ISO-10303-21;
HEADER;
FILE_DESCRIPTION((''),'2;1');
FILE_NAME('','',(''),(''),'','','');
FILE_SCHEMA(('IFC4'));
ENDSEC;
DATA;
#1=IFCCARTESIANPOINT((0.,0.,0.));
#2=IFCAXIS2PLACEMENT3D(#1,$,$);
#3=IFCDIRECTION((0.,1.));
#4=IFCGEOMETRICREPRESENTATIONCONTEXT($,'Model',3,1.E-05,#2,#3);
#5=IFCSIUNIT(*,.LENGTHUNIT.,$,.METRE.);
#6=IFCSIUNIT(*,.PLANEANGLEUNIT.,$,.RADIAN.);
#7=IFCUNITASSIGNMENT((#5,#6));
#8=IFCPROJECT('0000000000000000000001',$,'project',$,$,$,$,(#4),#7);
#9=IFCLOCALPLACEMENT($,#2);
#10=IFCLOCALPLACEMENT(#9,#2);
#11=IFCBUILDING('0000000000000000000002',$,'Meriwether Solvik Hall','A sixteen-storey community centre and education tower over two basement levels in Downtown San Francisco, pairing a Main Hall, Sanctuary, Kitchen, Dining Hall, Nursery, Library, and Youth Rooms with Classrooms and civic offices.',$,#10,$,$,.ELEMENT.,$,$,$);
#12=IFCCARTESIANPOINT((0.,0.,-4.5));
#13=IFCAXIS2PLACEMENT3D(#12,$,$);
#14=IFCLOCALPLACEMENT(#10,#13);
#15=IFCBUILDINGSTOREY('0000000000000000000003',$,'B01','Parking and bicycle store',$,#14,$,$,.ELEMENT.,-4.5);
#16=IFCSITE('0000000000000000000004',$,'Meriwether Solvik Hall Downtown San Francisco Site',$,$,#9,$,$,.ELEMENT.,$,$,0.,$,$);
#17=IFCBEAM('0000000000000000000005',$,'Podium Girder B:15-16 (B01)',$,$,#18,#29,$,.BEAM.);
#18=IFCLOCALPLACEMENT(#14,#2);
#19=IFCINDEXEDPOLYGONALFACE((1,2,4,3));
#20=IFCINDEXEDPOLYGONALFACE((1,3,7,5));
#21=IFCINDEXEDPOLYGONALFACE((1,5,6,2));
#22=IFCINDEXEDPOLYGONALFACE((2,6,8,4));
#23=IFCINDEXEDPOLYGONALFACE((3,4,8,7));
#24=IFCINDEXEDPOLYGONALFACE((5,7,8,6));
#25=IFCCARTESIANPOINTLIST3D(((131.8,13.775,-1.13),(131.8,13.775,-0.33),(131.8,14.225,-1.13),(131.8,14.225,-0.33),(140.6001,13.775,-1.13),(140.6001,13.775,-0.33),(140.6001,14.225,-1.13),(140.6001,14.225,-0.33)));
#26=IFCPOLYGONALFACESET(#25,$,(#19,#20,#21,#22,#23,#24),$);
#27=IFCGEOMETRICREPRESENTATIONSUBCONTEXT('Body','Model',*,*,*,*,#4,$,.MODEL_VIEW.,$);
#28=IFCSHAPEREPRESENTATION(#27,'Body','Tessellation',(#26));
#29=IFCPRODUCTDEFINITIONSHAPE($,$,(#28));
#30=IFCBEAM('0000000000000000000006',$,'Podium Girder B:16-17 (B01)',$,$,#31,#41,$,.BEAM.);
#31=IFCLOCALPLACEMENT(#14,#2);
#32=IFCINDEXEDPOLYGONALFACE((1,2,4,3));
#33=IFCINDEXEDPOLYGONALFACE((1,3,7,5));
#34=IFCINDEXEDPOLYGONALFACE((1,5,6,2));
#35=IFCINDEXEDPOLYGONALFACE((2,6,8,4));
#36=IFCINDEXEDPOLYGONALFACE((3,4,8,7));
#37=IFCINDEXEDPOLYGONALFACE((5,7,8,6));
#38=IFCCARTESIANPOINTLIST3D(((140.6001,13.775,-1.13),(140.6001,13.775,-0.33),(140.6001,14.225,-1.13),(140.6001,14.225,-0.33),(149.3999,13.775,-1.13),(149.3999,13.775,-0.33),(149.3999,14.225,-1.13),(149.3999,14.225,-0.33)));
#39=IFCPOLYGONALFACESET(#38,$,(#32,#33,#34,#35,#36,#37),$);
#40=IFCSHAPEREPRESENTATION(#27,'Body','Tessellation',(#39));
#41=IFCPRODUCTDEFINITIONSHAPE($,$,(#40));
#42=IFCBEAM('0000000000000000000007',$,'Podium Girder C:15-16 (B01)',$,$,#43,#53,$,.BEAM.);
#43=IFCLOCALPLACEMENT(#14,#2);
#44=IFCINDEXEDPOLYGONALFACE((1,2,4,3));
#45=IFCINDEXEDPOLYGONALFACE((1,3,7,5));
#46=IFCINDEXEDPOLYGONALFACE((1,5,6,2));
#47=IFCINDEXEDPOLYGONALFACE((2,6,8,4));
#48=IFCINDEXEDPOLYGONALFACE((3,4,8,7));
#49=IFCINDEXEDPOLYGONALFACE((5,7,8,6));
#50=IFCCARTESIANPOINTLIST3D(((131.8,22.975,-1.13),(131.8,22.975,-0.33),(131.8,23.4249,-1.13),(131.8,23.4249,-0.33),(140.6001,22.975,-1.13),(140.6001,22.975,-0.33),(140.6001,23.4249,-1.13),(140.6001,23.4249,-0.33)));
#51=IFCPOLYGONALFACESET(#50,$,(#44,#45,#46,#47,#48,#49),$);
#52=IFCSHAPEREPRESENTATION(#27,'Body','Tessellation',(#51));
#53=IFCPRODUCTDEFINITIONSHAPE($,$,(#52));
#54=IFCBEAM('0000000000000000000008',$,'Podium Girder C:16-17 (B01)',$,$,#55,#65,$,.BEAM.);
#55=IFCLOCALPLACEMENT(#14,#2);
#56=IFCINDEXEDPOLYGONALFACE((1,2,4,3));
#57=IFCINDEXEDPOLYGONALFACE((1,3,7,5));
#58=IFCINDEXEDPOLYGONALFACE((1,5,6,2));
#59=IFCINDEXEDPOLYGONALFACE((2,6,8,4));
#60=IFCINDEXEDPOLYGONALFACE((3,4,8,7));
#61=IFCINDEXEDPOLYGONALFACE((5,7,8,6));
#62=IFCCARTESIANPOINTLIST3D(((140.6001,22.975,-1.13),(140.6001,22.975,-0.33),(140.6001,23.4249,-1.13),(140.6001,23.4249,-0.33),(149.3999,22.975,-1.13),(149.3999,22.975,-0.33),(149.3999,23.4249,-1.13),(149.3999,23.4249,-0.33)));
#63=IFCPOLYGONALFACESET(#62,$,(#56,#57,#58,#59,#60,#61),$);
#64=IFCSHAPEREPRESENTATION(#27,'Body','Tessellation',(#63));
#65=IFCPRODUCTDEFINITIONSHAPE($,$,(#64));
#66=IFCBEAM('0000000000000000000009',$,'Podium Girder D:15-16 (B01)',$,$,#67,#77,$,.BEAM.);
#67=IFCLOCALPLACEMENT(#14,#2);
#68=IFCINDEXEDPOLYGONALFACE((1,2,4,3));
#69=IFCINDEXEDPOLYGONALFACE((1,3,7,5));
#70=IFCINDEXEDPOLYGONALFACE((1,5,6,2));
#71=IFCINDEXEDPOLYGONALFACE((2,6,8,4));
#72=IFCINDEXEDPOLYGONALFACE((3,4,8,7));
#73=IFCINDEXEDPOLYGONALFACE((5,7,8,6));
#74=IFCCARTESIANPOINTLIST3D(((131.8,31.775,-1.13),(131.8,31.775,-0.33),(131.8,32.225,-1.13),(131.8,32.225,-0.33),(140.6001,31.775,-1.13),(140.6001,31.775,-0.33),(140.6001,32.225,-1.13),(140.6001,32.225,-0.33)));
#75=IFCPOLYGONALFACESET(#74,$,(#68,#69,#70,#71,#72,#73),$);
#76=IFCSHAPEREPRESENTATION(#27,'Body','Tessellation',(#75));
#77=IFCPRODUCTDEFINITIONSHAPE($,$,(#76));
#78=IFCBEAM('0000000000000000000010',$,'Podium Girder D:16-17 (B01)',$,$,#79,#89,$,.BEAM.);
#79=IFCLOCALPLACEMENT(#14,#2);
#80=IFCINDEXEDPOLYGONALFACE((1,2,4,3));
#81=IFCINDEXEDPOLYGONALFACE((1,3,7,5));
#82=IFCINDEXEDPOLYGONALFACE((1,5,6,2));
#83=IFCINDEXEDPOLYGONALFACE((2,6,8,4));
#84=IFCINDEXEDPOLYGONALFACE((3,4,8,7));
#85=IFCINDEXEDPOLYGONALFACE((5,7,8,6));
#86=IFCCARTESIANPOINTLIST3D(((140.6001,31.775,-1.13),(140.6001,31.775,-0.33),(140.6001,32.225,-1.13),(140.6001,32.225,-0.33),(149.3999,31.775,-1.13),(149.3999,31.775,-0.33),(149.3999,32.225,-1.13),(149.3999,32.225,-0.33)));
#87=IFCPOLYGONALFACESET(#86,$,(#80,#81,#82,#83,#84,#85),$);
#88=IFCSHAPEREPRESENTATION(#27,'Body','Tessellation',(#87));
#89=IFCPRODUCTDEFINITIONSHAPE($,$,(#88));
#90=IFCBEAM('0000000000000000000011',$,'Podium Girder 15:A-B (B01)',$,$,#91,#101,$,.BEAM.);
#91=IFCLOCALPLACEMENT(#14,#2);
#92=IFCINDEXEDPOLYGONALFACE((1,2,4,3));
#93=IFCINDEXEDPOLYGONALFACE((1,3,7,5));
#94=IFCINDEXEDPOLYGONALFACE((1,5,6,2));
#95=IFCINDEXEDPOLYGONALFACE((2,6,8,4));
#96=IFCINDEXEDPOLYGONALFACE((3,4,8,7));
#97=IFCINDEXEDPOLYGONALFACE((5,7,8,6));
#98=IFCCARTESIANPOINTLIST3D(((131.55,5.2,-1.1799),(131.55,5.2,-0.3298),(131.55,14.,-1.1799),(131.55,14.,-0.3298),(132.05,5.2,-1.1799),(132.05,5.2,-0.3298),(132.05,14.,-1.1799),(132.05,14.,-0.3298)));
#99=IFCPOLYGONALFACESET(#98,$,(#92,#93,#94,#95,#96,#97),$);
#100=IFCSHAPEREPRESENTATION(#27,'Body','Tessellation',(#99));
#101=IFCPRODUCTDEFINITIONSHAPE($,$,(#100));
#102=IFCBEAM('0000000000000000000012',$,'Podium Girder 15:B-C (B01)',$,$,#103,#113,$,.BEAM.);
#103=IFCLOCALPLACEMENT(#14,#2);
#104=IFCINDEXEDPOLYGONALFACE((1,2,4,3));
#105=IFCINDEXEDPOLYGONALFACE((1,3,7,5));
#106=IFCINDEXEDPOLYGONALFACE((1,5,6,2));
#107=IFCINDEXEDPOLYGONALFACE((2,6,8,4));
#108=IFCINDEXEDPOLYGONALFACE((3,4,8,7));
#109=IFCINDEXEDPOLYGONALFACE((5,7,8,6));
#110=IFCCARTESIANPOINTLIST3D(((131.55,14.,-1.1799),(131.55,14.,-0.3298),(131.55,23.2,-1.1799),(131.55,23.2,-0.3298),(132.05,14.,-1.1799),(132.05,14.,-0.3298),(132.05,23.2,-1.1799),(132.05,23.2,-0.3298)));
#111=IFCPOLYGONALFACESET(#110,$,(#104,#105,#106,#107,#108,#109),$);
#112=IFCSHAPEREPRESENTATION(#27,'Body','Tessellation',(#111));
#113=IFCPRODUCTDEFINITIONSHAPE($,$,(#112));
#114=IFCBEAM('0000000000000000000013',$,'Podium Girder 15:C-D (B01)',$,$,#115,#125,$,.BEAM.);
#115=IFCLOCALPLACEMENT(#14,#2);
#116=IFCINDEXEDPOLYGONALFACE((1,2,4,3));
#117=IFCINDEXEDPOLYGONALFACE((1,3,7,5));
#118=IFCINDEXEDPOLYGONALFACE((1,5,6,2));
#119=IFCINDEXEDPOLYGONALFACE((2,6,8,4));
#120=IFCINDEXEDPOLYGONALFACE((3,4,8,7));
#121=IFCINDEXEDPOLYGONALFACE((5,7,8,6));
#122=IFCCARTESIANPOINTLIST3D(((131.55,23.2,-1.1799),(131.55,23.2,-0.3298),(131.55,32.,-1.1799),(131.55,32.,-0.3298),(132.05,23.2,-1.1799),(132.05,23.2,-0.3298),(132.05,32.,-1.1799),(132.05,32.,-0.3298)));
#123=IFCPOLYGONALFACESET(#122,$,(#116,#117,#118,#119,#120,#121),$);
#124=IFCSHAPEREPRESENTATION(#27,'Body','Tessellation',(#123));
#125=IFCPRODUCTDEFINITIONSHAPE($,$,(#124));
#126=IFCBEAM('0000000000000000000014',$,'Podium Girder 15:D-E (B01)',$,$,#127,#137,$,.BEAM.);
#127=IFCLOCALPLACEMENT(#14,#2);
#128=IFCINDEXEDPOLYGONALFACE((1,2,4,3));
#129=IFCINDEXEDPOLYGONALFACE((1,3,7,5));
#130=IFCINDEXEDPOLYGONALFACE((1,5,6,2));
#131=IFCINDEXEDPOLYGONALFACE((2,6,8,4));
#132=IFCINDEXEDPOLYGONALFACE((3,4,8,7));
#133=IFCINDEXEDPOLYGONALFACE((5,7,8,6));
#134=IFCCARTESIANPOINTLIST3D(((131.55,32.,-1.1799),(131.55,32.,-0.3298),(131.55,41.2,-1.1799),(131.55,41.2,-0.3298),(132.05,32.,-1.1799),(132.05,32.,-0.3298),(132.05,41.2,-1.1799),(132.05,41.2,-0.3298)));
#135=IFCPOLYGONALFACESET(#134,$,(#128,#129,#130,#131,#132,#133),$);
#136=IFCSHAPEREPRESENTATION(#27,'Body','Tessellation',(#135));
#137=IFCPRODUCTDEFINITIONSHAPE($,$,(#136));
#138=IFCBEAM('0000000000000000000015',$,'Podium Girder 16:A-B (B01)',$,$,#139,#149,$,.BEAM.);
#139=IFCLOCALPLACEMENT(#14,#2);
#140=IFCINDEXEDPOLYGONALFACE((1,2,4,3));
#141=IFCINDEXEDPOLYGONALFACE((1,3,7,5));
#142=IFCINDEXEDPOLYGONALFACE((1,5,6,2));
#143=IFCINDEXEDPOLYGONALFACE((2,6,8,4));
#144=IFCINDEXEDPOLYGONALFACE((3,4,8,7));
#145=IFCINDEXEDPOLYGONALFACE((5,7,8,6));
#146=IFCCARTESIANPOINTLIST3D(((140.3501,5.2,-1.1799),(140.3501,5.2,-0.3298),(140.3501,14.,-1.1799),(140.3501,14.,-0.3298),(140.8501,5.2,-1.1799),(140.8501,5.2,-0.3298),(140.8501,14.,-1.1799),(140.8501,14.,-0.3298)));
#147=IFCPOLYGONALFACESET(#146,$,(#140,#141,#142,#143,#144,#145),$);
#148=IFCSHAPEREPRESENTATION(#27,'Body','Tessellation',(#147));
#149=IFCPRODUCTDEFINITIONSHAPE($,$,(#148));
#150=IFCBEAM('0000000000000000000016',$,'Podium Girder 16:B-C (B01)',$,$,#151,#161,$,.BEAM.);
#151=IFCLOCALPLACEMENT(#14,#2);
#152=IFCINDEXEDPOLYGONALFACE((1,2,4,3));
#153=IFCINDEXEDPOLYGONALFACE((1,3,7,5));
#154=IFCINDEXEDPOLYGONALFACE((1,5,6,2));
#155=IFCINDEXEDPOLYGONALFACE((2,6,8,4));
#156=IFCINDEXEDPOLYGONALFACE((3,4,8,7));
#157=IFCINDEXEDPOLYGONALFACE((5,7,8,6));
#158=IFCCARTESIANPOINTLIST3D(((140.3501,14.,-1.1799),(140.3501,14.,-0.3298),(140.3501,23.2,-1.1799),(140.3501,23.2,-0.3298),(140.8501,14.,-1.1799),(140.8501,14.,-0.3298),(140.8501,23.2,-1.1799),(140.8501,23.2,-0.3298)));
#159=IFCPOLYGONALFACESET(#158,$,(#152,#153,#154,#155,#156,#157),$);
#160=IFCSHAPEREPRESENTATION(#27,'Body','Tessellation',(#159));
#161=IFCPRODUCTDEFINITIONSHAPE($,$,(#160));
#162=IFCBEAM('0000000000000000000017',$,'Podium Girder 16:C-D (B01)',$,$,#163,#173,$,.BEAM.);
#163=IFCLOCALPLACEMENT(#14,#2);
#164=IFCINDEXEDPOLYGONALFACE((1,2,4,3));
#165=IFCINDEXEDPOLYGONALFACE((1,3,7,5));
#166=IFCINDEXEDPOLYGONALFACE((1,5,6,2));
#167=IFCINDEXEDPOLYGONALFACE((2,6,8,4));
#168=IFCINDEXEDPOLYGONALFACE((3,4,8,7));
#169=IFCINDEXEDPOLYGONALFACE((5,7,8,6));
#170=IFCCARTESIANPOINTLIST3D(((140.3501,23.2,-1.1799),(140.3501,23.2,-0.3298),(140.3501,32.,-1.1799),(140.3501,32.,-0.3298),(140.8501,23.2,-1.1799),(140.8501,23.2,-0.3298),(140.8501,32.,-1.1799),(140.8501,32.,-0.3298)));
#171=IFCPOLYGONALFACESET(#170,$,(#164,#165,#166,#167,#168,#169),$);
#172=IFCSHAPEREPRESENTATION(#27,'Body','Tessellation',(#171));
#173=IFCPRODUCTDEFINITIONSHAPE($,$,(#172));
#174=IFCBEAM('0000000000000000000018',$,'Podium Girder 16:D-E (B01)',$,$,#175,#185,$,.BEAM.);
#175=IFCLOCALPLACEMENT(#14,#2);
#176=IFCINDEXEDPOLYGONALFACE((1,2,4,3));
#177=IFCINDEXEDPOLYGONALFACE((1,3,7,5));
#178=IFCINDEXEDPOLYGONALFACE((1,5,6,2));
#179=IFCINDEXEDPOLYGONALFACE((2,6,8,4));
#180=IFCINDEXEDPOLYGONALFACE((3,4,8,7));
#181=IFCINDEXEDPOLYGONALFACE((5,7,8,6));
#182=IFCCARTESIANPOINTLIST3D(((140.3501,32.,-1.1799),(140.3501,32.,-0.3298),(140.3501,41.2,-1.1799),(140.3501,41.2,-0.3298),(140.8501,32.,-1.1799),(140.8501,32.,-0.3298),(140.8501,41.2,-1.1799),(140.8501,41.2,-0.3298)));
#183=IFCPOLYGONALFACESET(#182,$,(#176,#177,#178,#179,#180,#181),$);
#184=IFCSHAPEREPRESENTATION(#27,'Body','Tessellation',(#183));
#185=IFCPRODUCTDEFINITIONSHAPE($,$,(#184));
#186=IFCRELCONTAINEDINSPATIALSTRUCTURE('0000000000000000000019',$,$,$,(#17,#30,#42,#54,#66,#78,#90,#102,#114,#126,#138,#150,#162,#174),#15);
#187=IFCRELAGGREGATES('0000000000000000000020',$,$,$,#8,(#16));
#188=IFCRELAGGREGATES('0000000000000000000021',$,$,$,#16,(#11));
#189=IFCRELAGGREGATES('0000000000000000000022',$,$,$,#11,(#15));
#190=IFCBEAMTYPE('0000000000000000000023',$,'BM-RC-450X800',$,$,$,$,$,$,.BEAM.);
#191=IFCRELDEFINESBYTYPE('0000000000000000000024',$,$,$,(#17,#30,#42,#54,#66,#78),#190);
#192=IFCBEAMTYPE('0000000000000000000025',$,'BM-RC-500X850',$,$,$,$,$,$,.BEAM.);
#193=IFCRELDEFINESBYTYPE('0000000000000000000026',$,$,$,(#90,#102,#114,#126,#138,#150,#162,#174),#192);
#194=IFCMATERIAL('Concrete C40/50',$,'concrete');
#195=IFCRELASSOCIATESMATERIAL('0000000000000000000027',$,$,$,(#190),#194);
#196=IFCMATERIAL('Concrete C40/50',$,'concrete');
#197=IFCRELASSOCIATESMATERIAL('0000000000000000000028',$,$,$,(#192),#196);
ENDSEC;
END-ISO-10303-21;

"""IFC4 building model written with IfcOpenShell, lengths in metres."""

from ifc_helpers import new_model, si_unit, direction, frame, origin, origin_2d, place, context, subcontext, project, spatial, rectangle, extrude, material, material_profile, profile_set, type_object, element, save


model = new_model("IFC4")

# Units and contexts
model_context = context("Model", 3, precision=1e-05, world=origin(), true_north=direction((0.0, 1.0)))
body_context = subcontext(model_context, "Body", "Model", "MODEL_VIEW")
ifc_project = project(units=[si_unit("LENGTHUNIT", "METRE"), si_unit("PLANEANGLEUNIT", "RADIAN")], contexts=[model_context])

# Site, building, storey
site_placement = place(None, origin())
site = spatial("IfcSite", under=ifc_project, at=site_placement, Name="Meriwether Solvik Hall Downtown San Francisco Site", CompositionType="ELEMENT", RefElevation=0.0)
building_placement = place(site_placement, origin())
building = spatial("IfcBuilding", under=site, at=building_placement, Name="Meriwether Solvik Hall", Description="A sixteen-storey community centre and education tower over two basement levels in Downtown San Francisco, pairing a Main Hall, Sanctuary, Kitchen, Dining Hall, Nursery, Library, and Youth Rooms with Classrooms and civic offices.", CompositionType="ELEMENT")
storey_placement = place(building_placement, frame((0.0, 0.0, -4.5)))
storey = spatial("IfcBuildingStorey", under=building, at=storey_placement, Name="B01", Description="Parking and bicycle store", CompositionType="ELEMENT", Elevation=-4.5)

# Beams
ifc_material_1 = material(Name="Concrete C40/50", Category="concrete")
ifc_material_profile_1 = material_profile(ifc_material_1, rectangle(XDim=0.45, YDim=0.8, at=origin_2d()), Name="RCB-450X800")
ifc_profile_set_1 = profile_set([ifc_material_profile_1], Name="Concrete C40/50")
beam_type_1 = type_object("IfcBeamType", Name="BM-RC-450X800", PredefinedType="BEAM", material=ifc_profile_set_1)
beam_1_placement = place(storey_placement, frame((131.8, 14.0, -0.73), z_axis=(1.0, 0.0, 0.0), x_axis=(0.0, 1.0, 0.0)))
element("IfcBeam", 1, at=beam_1_placement, inside=storey, type_object=beam_type_1, Name="Podium Girder B:15-16 (B01)", PredefinedType="BEAM", context=body_context, shape_type="SweptSolid", body=[
    extrude(rectangle(XDim=0.45, YDim=0.8, at=origin_2d()), origin(), (0.0, 0.0, 1.0), 8.8),
])
beam_2_placement = place(storey_placement, frame((140.6001, 14.0, -0.73), z_axis=(1.0, 0.0, 0.0), x_axis=(0.0, 1.0, 0.0)))
element("IfcBeam", 2, at=beam_2_placement, inside=storey, type_object=beam_type_1, Name="Podium Girder B:16-17 (B01)", PredefinedType="BEAM", context=body_context, shape_type="SweptSolid", body=[
    extrude(rectangle(XDim=0.45, YDim=0.8, at=origin_2d()), origin(), (0.0, 0.0, 1.0), 8.7998),
])
beam_3_placement = place(storey_placement, frame((131.8, 23.2, -0.73), z_axis=(1.0, 0.0, 0.0), x_axis=(0.0, 1.0, 0.0)))
element("IfcBeam", 3, at=beam_3_placement, inside=storey, type_object=beam_type_1, Name="Podium Girder C:15-16 (B01)", PredefinedType="BEAM", context=body_context, shape_type="SweptSolid", body=[
    extrude(rectangle(XDim=0.45, YDim=0.8, at=origin_2d()), origin(), (0.0, 0.0, 1.0), 8.8),
])
beam_4_placement = place(storey_placement, frame((140.6001, 23.2, -0.73), z_axis=(1.0, 0.0, 0.0), x_axis=(0.0, 1.0, 0.0)))
element("IfcBeam", 4, at=beam_4_placement, inside=storey, type_object=beam_type_1, Name="Podium Girder C:16-17 (B01)", PredefinedType="BEAM", context=body_context, shape_type="SweptSolid", body=[
    extrude(rectangle(XDim=0.45, YDim=0.8, at=origin_2d()), origin(), (0.0, 0.0, 1.0), 8.7998),
])
beam_5_placement = place(storey_placement, frame((131.8, 32.0, -0.73), z_axis=(1.0, 0.0, 0.0), x_axis=(0.0, 1.0, 0.0)))
element("IfcBeam", 5, at=beam_5_placement, inside=storey, type_object=beam_type_1, Name="Podium Girder D:15-16 (B01)", PredefinedType="BEAM", context=body_context, shape_type="SweptSolid", body=[
    extrude(rectangle(XDim=0.45, YDim=0.8, at=origin_2d()), origin(), (0.0, 0.0, 1.0), 8.8),
])
beam_6_placement = place(storey_placement, frame((140.6001, 32.0, -0.73), z_axis=(1.0, 0.0, 0.0), x_axis=(0.0, 1.0, 0.0)))
element("IfcBeam", 6, at=beam_6_placement, inside=storey, type_object=beam_type_1, Name="Podium Girder D:16-17 (B01)", PredefinedType="BEAM", context=body_context, shape_type="SweptSolid", body=[
    extrude(rectangle(XDim=0.45, YDim=0.8, at=origin_2d()), origin(), (0.0, 0.0, 1.0), 8.7998),
])
ifc_material_2 = material(Name="Concrete C40/50", Category="concrete")
ifc_material_profile_2 = material_profile(ifc_material_2, rectangle(XDim=0.5, YDim=0.8501, at=origin_2d()), Name="RCB-500X850")
ifc_profile_set_2 = profile_set([ifc_material_profile_2], Name="Concrete C40/50")
beam_type_2 = type_object("IfcBeamType", Name="BM-RC-500X850", PredefinedType="BEAM", material=ifc_profile_set_2)
beam_7_placement = place(storey_placement, frame((131.8, 5.2, -0.7549), z_axis=(0.0, 1.0, 0.0), x_axis=(-1.0, 0.0, 0.0)))
element("IfcBeam", 7, at=beam_7_placement, inside=storey, type_object=beam_type_2, Name="Podium Girder 15:A-B (B01)", PredefinedType="BEAM", context=body_context, shape_type="SweptSolid", body=[
    extrude(rectangle(XDim=0.5, YDim=0.8501, at=origin_2d()), origin(), (0.0, 0.0, 1.0), 8.8),
])
beam_8_placement = place(storey_placement, frame((131.8, 14.0, -0.7549), z_axis=(0.0, 1.0, 0.0), x_axis=(-1.0, 0.0, 0.0)))
element("IfcBeam", 8, at=beam_8_placement, inside=storey, type_object=beam_type_2, Name="Podium Girder 15:B-C (B01)", PredefinedType="BEAM", context=body_context, shape_type="SweptSolid", body=[
    extrude(rectangle(XDim=0.5, YDim=0.8501, at=origin_2d()), origin(), (0.0, 0.0, 1.0), 9.2),
])
beam_9_placement = place(storey_placement, frame((131.8, 23.2, -0.7549), z_axis=(0.0, 1.0, 0.0), x_axis=(-1.0, 0.0, 0.0)))
element("IfcBeam", 9, at=beam_9_placement, inside=storey, type_object=beam_type_2, Name="Podium Girder 15:C-D (B01)", PredefinedType="BEAM", context=body_context, shape_type="SweptSolid", body=[
    extrude(rectangle(XDim=0.5, YDim=0.8501, at=origin_2d()), origin(), (0.0, 0.0, 1.0), 8.8),
])
beam_10_placement = place(storey_placement, frame((131.8, 32.0, -0.7549), z_axis=(0.0, 1.0, 0.0), x_axis=(-1.0, 0.0, 0.0)))
element("IfcBeam", 10, at=beam_10_placement, inside=storey, type_object=beam_type_2, Name="Podium Girder 15:D-E (B01)", PredefinedType="BEAM", context=body_context, shape_type="SweptSolid", body=[
    extrude(rectangle(XDim=0.5, YDim=0.8501, at=origin_2d()), origin(), (0.0, 0.0, 1.0), 9.2),
])
beam_11_placement = place(storey_placement, frame((140.6001, 5.2, -0.7549), z_axis=(0.0, 1.0, 0.0), x_axis=(-1.0, 0.0, 0.0)))
element("IfcBeam", 11, at=beam_11_placement, inside=storey, type_object=beam_type_2, Name="Podium Girder 16:A-B (B01)", PredefinedType="BEAM", context=body_context, shape_type="SweptSolid", body=[
    extrude(rectangle(XDim=0.5, YDim=0.8501, at=origin_2d()), origin(), (0.0, 0.0, 1.0), 8.8),
])
beam_12_placement = place(storey_placement, frame((140.6001, 14.0, -0.7549), z_axis=(0.0, 1.0, 0.0), x_axis=(-1.0, 0.0, 0.0)))
element("IfcBeam", 12, at=beam_12_placement, inside=storey, type_object=beam_type_2, Name="Podium Girder 16:B-C (B01)", PredefinedType="BEAM", context=body_context, shape_type="SweptSolid", body=[
    extrude(rectangle(XDim=0.5, YDim=0.8501, at=origin_2d()), origin(), (0.0, 0.0, 1.0), 9.2),
])
beam_13_placement = place(storey_placement, frame((140.6001, 23.2, -0.7549), z_axis=(0.0, 1.0, 0.0), x_axis=(-1.0, 0.0, 0.0)))
element("IfcBeam", 13, at=beam_13_placement, inside=storey, type_object=beam_type_2, Name="Podium Girder 16:C-D (B01)", PredefinedType="BEAM", context=body_context, shape_type="SweptSolid", body=[
    extrude(rectangle(XDim=0.5, YDim=0.8501, at=origin_2d()), origin(), (0.0, 0.0, 1.0), 8.8),
])
beam_14_placement = place(storey_placement, frame((140.6001, 32.0, -0.7549), z_axis=(0.0, 1.0, 0.0), x_axis=(-1.0, 0.0, 0.0)))
element("IfcBeam", 14, at=beam_14_placement, inside=storey, type_object=beam_type_2, Name="Podium Girder 16:D-E (B01)", PredefinedType="BEAM", context=body_context, shape_type="SweptSolid", body=[
    extrude(rectangle(XDim=0.5, YDim=0.8501, at=origin_2d()), origin(), (0.0, 0.0, 1.0), 9.2),
])

save(model, "model.ifc")
